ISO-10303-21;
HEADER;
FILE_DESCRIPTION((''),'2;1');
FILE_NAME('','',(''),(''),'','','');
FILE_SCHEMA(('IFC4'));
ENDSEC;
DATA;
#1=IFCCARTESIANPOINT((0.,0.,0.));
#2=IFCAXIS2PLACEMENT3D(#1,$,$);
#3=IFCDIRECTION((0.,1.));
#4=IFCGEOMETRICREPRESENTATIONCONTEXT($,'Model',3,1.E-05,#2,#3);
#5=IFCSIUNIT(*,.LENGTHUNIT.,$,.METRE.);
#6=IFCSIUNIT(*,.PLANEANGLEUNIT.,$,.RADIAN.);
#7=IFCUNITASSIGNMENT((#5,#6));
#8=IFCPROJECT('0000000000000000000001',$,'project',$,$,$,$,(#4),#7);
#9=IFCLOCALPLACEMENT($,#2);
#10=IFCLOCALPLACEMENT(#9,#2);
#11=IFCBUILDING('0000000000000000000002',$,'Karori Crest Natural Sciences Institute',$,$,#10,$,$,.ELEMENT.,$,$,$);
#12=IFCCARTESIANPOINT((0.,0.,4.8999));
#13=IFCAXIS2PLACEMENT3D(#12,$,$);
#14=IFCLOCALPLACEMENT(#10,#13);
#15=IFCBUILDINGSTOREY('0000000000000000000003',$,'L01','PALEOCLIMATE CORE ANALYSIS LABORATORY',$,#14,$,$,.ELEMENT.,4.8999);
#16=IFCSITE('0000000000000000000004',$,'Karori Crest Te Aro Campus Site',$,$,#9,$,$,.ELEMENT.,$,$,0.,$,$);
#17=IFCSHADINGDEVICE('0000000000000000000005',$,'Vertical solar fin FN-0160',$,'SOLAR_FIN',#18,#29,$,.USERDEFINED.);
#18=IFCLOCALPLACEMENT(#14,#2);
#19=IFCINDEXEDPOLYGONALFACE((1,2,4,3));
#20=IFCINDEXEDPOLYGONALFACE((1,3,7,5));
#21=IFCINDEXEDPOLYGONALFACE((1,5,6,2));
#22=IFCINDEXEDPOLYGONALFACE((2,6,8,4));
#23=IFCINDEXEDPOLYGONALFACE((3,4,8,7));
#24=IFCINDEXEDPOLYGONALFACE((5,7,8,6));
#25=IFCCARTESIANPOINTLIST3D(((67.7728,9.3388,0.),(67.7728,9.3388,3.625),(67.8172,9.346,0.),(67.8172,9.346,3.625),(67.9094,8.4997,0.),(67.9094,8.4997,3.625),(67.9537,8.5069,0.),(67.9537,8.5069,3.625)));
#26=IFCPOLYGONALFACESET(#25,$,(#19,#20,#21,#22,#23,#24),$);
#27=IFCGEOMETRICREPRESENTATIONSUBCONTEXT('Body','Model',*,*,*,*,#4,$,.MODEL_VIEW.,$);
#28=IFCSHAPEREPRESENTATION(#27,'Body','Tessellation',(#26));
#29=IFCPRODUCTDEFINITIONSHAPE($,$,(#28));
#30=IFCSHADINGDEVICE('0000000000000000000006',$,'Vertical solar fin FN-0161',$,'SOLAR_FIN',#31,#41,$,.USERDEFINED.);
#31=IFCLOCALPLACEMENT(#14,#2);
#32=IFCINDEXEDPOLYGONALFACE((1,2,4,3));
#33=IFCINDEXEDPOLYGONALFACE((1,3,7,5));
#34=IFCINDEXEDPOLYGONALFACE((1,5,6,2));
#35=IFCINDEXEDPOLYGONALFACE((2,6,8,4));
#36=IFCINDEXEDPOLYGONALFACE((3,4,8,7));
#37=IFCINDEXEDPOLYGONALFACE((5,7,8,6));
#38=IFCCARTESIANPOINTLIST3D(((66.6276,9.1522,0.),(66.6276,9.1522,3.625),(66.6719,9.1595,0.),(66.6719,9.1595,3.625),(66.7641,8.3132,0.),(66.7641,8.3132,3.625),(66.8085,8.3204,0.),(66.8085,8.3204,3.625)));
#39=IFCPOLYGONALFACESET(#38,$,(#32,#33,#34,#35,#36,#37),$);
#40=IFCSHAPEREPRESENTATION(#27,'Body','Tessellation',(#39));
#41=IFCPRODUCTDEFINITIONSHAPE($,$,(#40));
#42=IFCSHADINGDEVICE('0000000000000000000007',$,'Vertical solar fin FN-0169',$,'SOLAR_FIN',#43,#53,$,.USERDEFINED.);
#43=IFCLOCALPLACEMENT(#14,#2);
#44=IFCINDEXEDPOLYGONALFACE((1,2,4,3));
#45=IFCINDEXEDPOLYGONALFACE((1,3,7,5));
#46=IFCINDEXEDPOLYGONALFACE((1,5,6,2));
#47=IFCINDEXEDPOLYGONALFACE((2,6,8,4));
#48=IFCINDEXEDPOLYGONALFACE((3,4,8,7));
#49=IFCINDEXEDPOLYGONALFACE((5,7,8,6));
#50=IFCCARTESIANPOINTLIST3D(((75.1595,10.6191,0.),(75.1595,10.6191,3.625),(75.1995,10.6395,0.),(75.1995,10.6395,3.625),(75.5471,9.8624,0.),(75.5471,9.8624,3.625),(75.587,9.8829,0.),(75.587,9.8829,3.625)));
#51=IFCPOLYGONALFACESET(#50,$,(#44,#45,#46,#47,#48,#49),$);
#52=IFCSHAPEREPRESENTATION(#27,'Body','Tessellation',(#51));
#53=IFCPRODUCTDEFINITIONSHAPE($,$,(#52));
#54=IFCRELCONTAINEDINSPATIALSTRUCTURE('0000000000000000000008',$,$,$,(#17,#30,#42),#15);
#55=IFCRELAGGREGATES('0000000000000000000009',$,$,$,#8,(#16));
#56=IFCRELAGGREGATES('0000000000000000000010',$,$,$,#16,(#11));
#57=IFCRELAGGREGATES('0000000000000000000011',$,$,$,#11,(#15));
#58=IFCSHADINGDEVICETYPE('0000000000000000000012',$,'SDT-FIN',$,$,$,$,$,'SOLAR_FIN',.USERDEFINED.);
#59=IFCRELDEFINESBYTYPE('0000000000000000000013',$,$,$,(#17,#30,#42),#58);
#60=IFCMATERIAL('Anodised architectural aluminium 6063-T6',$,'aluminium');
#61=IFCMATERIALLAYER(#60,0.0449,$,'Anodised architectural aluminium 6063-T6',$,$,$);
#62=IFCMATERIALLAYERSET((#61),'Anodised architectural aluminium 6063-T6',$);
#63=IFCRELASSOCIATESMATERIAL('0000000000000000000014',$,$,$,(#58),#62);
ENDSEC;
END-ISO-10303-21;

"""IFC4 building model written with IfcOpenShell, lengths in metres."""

from ifc_helpers import new_model, si_unit, direction, frame, origin, origin_2d, place, context, subcontext, project, spatial, rectangle, extrude, material, layer, layer_set, type_object, element, save


model = new_model("IFC4")

# Units and contexts
model_context = context("Model", 3, precision=1e-05, world=origin(), true_north=direction((0.0, 1.0)))
body_context = subcontext(model_context, "Body", "Model", "MODEL_VIEW")
ifc_project = project(units=[si_unit("LENGTHUNIT", "METRE"), si_unit("PLANEANGLEUNIT", "RADIAN")], contexts=[model_context])

# Site, building, storey
site_placement = place(None, origin())
site = spatial("IfcSite", under=ifc_project, at=site_placement, Name="Karori Crest Te Aro Campus Site", CompositionType="ELEMENT", RefElevation=0.0)
building_placement = place(site_placement, origin())
building = spatial("IfcBuilding", under=site, at=building_placement, Name="Karori Crest Natural Sciences Institute", CompositionType="ELEMENT")
storey_placement = place(building_placement, frame((0.0, 0.0, 4.8999)))
storey = spatial("IfcBuildingStorey", under=building, at=storey_placement, Name="L01", Description="PALEOCLIMATE CORE ANALYSIS LABORATORY", CompositionType="ELEMENT", Elevation=4.8999)

# Shared definitions
ifc_material_1 = material(Name="Anodised architectural aluminium 6063-T6", Category="aluminium")

# Shading devices
ifc_layer_1 = layer(ifc_material_1, 0.0449, Name="Anodised architectural aluminium 6063-T6")
ifc_layer_set_1 = layer_set([ifc_layer_1], Name="Anodised architectural aluminium 6063-T6")
shading_device_type = type_object("IfcShadingDeviceType", Name="SDT-FIN", ElementType="SOLAR_FIN", PredefinedType="USERDEFINED", material=ifc_layer_set_1)
for number, where, z_axis, x_axis, name in (
    (1, (67.8633, 8.9229, 0.0), (0.0, 0.0, 1.0), (0.160656, -0.98701, 0.0), "Vertical solar fin FN-0160"),
    (2, (66.718, 8.7363, 0.0), (0.0, 0.0, 1.0), (0.160656, -0.98701, 0.0), "Vertical solar fin FN-0161"),
    (3, (75.3733, 10.251, 0.0), (0.0, 0.0, 1.0), (0.455832, -0.890066, 0.0), "Vertical solar fin FN-0169"),
):
    element("IfcShadingDevice", number, at=place(storey_placement, frame(where, z_axis=z_axis, x_axis=x_axis)), inside=storey, type_object=shading_device_type, Name=name, ObjectType="SOLAR_FIN", PredefinedType="USERDEFINED", context=body_context, shape_type="SweptSolid", body=[
        extrude(rectangle(XDim=0.8501, YDim=0.0449, at=origin_2d()), origin(), (0.0, 0.0, 1.0), 3.625),
    ])

save(model, "model.ifc")
